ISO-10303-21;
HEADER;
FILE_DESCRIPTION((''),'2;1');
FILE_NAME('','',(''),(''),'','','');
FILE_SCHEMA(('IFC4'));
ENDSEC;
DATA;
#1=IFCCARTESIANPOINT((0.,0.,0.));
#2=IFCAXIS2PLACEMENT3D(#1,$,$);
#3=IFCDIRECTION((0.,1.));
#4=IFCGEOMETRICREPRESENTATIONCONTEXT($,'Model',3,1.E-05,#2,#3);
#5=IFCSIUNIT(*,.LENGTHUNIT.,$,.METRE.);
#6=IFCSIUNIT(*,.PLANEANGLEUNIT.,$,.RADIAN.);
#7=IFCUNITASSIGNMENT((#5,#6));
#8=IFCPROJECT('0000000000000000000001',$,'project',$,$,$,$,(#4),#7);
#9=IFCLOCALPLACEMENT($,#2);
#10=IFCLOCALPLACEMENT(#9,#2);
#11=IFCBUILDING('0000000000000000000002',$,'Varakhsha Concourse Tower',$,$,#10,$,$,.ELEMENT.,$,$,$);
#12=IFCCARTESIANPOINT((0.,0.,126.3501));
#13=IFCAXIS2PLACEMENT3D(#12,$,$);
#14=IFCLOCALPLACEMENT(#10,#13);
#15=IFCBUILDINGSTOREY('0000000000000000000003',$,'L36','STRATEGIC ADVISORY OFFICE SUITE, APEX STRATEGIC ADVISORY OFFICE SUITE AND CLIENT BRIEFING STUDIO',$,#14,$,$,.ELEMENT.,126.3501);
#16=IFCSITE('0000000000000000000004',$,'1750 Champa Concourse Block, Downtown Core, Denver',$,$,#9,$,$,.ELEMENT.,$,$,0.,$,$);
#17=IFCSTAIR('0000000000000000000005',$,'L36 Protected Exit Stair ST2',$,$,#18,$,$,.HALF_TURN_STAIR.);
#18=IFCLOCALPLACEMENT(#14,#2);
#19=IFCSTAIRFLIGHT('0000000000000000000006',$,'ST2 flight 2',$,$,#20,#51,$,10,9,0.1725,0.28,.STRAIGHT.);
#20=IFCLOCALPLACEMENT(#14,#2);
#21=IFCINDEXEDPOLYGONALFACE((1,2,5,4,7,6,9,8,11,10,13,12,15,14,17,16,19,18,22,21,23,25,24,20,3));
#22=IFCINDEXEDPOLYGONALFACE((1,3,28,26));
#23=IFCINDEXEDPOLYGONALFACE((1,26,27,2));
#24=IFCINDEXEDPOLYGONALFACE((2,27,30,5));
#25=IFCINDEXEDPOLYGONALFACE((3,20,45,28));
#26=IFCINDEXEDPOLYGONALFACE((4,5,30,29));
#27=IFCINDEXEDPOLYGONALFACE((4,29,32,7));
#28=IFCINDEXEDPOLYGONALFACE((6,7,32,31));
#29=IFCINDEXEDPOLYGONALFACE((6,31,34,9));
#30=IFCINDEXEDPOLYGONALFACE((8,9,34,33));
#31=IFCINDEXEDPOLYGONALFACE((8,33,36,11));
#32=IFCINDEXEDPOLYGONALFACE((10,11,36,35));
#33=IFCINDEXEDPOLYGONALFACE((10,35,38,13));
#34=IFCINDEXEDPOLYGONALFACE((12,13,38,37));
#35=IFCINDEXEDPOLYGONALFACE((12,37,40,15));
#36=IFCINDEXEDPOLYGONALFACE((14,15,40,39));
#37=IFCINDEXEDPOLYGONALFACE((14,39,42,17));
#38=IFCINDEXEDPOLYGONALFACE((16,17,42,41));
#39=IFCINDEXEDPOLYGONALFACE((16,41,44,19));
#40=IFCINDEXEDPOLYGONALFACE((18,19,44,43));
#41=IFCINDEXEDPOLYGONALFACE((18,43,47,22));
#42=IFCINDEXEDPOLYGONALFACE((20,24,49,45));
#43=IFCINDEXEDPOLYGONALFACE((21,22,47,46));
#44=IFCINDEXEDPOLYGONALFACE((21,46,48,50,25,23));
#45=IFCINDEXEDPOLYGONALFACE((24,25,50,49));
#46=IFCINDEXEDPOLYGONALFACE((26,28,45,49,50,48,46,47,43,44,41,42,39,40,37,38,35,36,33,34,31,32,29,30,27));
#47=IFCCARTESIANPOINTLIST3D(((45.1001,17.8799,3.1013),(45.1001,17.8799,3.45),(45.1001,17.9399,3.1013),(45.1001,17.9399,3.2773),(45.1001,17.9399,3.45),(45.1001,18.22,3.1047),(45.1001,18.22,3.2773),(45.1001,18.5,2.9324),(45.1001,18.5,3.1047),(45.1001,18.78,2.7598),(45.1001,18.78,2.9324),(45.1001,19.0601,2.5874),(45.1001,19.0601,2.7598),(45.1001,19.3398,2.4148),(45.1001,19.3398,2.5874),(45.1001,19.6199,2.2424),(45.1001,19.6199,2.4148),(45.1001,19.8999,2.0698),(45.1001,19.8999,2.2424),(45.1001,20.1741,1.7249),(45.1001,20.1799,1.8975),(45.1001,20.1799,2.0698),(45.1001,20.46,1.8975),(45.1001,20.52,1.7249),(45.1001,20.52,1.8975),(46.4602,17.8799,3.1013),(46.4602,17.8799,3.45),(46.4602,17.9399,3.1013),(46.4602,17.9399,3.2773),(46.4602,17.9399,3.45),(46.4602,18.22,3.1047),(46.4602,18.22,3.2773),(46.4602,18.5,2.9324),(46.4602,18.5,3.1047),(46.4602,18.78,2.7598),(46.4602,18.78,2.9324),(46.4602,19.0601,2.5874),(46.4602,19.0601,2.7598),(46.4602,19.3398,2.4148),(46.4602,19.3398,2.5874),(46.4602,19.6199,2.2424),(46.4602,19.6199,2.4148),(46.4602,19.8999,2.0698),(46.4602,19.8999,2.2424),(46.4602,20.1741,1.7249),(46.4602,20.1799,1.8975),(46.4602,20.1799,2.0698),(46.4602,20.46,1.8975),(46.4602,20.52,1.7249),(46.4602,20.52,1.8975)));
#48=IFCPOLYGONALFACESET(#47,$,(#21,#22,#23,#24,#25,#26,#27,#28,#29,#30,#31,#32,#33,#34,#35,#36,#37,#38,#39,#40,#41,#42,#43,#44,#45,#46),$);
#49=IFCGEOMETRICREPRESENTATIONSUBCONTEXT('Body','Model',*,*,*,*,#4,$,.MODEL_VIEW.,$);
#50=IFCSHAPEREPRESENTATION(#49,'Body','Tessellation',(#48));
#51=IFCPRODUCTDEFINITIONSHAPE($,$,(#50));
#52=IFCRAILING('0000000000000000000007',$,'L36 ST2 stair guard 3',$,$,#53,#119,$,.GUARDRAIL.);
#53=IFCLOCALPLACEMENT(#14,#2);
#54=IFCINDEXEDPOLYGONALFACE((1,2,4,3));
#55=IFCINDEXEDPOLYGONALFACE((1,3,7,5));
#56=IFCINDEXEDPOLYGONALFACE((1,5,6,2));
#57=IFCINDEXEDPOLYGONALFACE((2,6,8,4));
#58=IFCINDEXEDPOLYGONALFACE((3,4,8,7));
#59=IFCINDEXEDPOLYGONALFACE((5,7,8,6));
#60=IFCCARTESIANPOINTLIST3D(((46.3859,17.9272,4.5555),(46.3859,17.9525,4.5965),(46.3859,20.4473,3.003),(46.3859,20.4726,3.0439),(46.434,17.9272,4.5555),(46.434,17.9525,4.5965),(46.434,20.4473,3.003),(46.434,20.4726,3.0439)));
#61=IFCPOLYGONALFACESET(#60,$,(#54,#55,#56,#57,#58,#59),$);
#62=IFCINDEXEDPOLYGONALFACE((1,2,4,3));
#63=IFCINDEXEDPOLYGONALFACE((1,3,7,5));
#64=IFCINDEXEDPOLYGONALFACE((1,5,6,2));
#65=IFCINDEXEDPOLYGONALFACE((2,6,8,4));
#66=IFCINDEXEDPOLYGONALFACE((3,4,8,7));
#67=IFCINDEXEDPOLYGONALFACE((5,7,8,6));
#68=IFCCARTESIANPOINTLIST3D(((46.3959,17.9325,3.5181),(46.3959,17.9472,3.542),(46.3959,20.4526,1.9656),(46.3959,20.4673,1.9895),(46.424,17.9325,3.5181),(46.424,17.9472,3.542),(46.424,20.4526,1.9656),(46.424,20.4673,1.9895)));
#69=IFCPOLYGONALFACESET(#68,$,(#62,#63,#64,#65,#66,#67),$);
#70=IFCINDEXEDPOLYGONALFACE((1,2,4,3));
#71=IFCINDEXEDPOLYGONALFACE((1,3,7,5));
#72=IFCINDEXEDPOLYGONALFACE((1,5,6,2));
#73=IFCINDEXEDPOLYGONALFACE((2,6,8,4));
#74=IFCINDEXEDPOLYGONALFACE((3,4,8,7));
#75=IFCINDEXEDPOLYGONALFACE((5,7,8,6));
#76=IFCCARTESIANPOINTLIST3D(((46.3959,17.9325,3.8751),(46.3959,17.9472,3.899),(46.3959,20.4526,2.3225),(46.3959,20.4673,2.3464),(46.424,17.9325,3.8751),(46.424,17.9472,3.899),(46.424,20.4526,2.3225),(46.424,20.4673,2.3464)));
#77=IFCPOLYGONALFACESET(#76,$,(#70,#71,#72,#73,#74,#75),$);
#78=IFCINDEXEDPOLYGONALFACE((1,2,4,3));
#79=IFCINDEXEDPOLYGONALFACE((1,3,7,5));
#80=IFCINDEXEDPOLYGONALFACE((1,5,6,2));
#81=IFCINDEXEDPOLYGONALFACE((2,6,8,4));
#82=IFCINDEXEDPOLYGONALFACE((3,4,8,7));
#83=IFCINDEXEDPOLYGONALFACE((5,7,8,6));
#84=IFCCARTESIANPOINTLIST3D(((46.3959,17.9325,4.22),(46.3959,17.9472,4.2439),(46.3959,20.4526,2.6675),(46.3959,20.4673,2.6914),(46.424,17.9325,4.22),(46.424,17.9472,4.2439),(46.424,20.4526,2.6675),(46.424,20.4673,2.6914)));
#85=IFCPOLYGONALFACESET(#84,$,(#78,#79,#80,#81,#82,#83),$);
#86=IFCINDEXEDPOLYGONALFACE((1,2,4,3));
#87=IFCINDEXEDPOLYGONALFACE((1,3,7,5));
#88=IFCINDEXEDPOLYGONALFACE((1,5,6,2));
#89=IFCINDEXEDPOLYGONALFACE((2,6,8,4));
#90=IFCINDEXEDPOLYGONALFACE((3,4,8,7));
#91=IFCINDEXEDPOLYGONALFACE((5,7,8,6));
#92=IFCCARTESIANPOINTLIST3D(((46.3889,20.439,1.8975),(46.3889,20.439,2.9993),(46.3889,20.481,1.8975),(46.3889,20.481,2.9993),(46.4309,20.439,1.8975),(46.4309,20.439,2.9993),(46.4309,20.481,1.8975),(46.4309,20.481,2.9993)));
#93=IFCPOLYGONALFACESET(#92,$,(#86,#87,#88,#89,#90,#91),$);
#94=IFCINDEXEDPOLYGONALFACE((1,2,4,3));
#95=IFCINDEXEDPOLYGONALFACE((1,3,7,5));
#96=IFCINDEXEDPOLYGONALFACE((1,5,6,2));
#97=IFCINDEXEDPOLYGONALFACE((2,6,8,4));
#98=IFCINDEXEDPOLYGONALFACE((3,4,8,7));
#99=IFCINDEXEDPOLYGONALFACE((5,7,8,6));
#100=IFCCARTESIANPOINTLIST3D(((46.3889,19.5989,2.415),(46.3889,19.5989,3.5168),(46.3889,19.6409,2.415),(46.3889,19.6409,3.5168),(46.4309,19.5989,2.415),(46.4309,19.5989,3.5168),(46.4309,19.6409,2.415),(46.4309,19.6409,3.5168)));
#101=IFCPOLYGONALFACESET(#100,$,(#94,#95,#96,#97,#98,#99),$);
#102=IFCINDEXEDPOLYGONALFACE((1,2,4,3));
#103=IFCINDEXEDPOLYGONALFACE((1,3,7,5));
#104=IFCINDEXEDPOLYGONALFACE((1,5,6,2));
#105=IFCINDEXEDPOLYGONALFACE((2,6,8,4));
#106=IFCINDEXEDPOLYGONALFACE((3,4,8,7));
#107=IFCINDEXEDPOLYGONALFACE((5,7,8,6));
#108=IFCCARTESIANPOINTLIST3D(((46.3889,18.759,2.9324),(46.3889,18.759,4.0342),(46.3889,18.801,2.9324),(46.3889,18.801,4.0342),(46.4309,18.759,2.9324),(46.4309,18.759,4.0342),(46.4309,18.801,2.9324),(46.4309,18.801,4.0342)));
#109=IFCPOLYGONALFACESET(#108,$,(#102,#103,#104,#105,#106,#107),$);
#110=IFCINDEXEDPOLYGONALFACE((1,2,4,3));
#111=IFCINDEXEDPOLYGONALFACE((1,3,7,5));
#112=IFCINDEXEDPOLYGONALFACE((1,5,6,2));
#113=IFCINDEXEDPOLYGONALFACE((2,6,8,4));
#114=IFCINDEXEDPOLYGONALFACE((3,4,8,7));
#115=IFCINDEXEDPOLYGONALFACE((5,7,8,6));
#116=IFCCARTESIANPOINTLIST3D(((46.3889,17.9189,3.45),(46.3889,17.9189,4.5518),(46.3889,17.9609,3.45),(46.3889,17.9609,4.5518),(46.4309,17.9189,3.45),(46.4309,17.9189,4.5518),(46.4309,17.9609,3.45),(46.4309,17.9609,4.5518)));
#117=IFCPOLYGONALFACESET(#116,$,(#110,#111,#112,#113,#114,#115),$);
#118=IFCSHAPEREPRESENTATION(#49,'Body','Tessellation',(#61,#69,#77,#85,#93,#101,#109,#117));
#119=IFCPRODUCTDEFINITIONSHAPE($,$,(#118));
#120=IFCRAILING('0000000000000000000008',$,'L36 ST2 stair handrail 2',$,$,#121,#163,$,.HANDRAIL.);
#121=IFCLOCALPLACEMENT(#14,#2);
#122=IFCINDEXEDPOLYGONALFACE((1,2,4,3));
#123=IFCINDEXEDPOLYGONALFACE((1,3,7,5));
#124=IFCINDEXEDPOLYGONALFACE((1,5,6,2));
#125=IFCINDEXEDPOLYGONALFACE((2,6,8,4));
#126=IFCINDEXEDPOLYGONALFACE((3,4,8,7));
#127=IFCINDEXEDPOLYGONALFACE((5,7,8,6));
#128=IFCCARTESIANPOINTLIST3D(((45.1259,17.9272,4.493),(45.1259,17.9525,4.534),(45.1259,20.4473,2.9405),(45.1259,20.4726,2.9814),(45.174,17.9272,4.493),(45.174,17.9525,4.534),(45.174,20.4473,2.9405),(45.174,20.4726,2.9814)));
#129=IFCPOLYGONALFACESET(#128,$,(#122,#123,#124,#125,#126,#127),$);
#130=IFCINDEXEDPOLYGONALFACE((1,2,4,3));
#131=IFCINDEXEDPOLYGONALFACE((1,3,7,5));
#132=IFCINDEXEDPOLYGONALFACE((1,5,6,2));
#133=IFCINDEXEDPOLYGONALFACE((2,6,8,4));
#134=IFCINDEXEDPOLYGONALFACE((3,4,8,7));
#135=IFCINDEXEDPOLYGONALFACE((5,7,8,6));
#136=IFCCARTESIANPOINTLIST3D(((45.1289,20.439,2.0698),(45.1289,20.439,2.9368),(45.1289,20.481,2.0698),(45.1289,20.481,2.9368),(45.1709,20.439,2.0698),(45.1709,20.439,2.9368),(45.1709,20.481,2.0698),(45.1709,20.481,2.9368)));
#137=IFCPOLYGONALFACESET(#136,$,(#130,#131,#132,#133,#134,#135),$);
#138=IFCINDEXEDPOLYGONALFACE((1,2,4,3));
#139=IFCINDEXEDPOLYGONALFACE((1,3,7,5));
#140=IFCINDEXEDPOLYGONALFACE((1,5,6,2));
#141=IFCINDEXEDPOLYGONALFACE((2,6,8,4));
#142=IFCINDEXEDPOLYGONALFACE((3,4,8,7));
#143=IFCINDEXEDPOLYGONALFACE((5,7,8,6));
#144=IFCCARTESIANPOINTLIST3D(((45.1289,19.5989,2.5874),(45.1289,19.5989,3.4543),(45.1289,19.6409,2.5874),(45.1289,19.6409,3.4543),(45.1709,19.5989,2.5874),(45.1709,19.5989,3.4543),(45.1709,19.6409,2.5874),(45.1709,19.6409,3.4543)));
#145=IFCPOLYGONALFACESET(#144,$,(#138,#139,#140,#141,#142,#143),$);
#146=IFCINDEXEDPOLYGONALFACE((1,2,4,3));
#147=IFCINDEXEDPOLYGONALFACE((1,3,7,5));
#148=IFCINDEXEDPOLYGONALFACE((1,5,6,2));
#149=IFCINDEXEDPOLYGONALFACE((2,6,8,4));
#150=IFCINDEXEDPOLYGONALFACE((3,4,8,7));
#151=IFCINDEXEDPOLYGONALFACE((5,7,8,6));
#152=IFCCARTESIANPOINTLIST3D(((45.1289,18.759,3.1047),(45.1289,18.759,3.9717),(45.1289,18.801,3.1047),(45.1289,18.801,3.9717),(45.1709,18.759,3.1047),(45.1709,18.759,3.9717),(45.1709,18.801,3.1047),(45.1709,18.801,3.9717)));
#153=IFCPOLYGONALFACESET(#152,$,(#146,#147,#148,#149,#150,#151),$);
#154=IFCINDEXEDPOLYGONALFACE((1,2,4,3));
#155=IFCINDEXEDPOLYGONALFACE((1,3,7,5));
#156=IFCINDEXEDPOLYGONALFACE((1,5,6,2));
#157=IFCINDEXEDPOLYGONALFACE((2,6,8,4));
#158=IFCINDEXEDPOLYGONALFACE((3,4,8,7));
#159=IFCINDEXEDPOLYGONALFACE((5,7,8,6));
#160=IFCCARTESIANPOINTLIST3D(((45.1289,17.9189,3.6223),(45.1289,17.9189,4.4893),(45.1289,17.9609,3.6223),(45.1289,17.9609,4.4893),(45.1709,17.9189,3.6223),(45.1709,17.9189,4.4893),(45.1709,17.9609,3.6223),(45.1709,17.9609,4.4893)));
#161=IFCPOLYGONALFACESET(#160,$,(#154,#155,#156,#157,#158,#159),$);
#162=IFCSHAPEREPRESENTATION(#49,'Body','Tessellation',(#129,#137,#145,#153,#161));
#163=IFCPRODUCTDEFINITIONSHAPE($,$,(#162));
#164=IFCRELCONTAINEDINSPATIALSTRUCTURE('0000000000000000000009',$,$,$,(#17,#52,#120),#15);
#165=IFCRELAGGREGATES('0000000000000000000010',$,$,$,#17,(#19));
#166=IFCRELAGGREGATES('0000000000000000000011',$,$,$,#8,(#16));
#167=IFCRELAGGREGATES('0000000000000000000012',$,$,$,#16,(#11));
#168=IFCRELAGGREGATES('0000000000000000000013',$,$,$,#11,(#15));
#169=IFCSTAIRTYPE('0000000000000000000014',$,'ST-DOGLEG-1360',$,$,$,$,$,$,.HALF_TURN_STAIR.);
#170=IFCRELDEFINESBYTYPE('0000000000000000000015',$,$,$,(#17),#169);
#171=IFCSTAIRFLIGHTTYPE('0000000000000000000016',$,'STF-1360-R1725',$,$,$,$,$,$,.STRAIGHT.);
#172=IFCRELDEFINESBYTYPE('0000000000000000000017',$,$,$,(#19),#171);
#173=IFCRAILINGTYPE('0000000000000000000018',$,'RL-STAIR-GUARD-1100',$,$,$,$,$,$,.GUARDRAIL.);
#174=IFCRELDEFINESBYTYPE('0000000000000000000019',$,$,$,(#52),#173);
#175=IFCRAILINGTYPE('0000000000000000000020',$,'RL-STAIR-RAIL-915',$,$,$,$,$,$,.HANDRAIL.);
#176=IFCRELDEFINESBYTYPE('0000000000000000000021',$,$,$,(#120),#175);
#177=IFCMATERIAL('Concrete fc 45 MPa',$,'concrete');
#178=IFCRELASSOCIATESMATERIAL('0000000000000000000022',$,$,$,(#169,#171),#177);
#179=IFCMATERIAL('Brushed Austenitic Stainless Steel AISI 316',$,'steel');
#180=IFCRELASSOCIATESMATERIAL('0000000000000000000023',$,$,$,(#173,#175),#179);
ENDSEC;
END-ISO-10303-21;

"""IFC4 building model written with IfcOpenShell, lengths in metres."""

from ifc_helpers import new_model, si_unit, direction, frame, origin, origin_2d, place, context, subcontext, project, spatial, polyline, rectangle, outline, extrude, material, type_object, element, aggregate, save


model = new_model("IFC4")

# Units and contexts
model_context = context("Model", 3, precision=1e-05, world=origin(), true_north=direction((0.0, 1.0)))
body_context = subcontext(model_context, "Body", "Model", "MODEL_VIEW")
ifc_project = project(units=[si_unit("LENGTHUNIT", "METRE"), si_unit("PLANEANGLEUNIT", "RADIAN")], contexts=[model_context])

# Site, building, storey
site_placement = place(None, origin())
site = spatial("IfcSite", under=ifc_project, at=site_placement, Name="1750 Champa Concourse Block, Downtown Core, Denver", CompositionType="ELEMENT", RefElevation=0.0)
building_placement = place(site_placement, origin())
building = spatial("IfcBuilding", under=site, at=building_placement, Name="Varakhsha Concourse Tower", CompositionType="ELEMENT")
storey_placement = place(building_placement, frame((0.0, 0.0, 126.3501)))
storey = spatial("IfcBuildingStorey", under=building, at=storey_placement, Name="L36", Description="STRATEGIC ADVISORY OFFICE SUITE, APEX STRATEGIC ADVISORY OFFICE SUITE AND CLIENT BRIEFING STUDIO", CompositionType="ELEMENT", Elevation=126.3501)

# Shared definitions
ifc_material_1 = material(Name="Concrete fc 45 MPa", Category="concrete")

# Stair, stair flight
stair_type = type_object("IfcStairType", Name="ST-DOGLEG-1360", PredefinedType="HALF_TURN_STAIR", material=ifc_material_1)
stair_placement = place(storey_placement, origin())
stair = element("IfcStair", 1, at=stair_placement, inside=storey, type_object=stair_type, Name="L36 Protected Exit Stair ST2", PredefinedType="HALF_TURN_STAIR")
stair_flight_type = type_object("IfcStairFlightType", Name="STF-1360-R1725", PredefinedType="STRAIGHT", material=ifc_material_1)
stair_flight_placement = place(storey_placement, frame((45.78, 20.46, 1.7249), z_axis=(0.0, 0.0, 1.0), x_axis=(0.0, -1.0, 0.0)))
stair_flight = element("IfcStairFlight", 2, at=stair_flight_placement, type_object=stair_flight_type, Name="ST2 flight 2", NumberOfRisers=10, NumberOfTreads=9, PredefinedType="STRAIGHT", RiserHeight=0.1725, TreadLength=0.28, context=body_context, shape_type="SweptSolid", body=[
    extrude(outline(polyline([(-0.0601, 0.0), (-0.0601, 0.1726), (0.0, 0.1726), (0.28, 0.1726), (0.28, 0.345), (0.5601, 0.345), (0.5601, 0.5176), (0.8401, 0.5176), (0.8401, 0.6899), (1.1201, 0.6899), (1.1201, 0.8625), (1.3999, 0.8625), (1.3999, 1.0349), (1.6799, 1.0349), (1.6799, 1.2075), (1.96, 1.2075), (1.96, 1.3799), (2.24, 1.3799), (2.24, 1.5525), (2.52, 1.5525), (2.52, 1.7251), (2.5801, 1.7251), (2.5801, 1.3765), (2.52, 1.3765), (0.2859, 0.0), (-0.0601, 0.0)])), frame((0.0, 0.6802, 0.0), z_axis=(0.0, -1.0, 0.0), x_axis=(1.0, 0.0, 0.0)), (0.0, 0.0, 1.0), 1.3601),
])
aggregate(stair, [stair_flight])

# Railings
ifc_material_2 = material(Name="Brushed Austenitic Stainless Steel AISI 316", Category="steel")
railing_type_1 = type_object("IfcRailingType", Name="RL-STAIR-GUARD-1100", PredefinedType="GUARDRAIL", material=ifc_material_2)
railing_1_placement = place(storey_placement, frame((46.4099, 20.46, 1.8975)))
element("IfcRailing", 3, at=railing_1_placement, inside=storey, type_object=railing_type_1, Name="L36 ST2 stair guard 3", PredefinedType="GUARDRAIL", context=body_context, shape_type="SweptSolid", body=[
    extrude(rectangle(XDim=0.0481, YDim=0.0481, at=origin_2d()), frame((0.0, 0.0, 1.126), z_axis=(0.0, -0.8514, 0.524516), x_axis=(1.0, 0.0, 0.0)), (0.0, 0.0, 1.0), 2.96),
    extrude(rectangle(XDim=0.0281, YDim=0.0281, at=origin_2d()), frame((0.0, 0.0, 0.0801), z_axis=(0.0, -0.8514, 0.524516), x_axis=(1.0, 0.0, 0.0)), (0.0, 0.0, 1.0), 2.96),
    extrude(rectangle(XDim=0.0281, YDim=0.0281, at=origin_2d()), frame((0.0, 0.0, 0.437), z_axis=(0.0, -0.8514, 0.524516), x_axis=(1.0, 0.0, 0.0)), (0.0, 0.0, 1.0), 2.96),
    extrude(rectangle(XDim=0.0281, YDim=0.0281, at=origin_2d()), frame((0.0, 0.0, 0.782), z_axis=(0.0, -0.8514, 0.524516), x_axis=(1.0, 0.0, 0.0)), (0.0, 0.0, 1.0), 2.96),
    extrude(rectangle(XDim=0.042, YDim=0.042, at=origin_2d()), origin(), (0.0, 0.0, 1.0), 1.1018),
    extrude(rectangle(XDim=0.042, YDim=0.042, at=origin_2d()), frame((0.0, -0.8401, 0.5176)), (0.0, 0.0, 1.0), 1.1018),
    extrude(rectangle(XDim=0.042, YDim=0.042, at=origin_2d()), frame((0.0, -1.6799, 1.0349)), (0.0, 0.0, 1.0), 1.1018),
    extrude(rectangle(XDim=0.042, YDim=0.042, at=origin_2d()), frame((0.0, -2.52, 1.5525)), (0.0, 0.0, 1.0), 1.1018),
])
railing_type_2 = type_object("IfcRailingType", Name="RL-STAIR-RAIL-915", PredefinedType="HANDRAIL", material=ifc_material_2)
railing_2_placement = place(storey_placement, frame((45.1499, 20.46, 2.0698)))
element("IfcRailing", 4, at=railing_2_placement, inside=storey, type_object=railing_type_2, Name="L36 ST2 stair handrail 2", PredefinedType="HANDRAIL", context=body_context, shape_type="SweptSolid", body=[
    extrude(rectangle(XDim=0.0481, YDim=0.0481, at=origin_2d()), frame((0.0, 0.0, 0.8911), z_axis=(0.0, -0.8514, 0.524516), x_axis=(1.0, 0.0, 0.0)), (0.0, 0.0, 1.0), 2.96),
    extrude(rectangle(XDim=0.042, YDim=0.042, at=origin_2d()), origin(), (0.0, 0.0, 1.0), 0.8669),
    extrude(rectangle(XDim=0.042, YDim=0.042, at=origin_2d()), frame((0.0, -0.8401, 0.5176)), (0.0, 0.0, 1.0), 0.8669),
    extrude(rectangle(XDim=0.042, YDim=0.042, at=origin_2d()), frame((0.0, -1.6799, 1.0349)), (0.0, 0.0, 1.0), 0.8669),
    extrude(rectangle(XDim=0.042, YDim=0.042, at=origin_2d()), frame((0.0, -2.52, 1.5525)), (0.0, 0.0, 1.0), 0.8669),
])

save(model, "model.ifc")
